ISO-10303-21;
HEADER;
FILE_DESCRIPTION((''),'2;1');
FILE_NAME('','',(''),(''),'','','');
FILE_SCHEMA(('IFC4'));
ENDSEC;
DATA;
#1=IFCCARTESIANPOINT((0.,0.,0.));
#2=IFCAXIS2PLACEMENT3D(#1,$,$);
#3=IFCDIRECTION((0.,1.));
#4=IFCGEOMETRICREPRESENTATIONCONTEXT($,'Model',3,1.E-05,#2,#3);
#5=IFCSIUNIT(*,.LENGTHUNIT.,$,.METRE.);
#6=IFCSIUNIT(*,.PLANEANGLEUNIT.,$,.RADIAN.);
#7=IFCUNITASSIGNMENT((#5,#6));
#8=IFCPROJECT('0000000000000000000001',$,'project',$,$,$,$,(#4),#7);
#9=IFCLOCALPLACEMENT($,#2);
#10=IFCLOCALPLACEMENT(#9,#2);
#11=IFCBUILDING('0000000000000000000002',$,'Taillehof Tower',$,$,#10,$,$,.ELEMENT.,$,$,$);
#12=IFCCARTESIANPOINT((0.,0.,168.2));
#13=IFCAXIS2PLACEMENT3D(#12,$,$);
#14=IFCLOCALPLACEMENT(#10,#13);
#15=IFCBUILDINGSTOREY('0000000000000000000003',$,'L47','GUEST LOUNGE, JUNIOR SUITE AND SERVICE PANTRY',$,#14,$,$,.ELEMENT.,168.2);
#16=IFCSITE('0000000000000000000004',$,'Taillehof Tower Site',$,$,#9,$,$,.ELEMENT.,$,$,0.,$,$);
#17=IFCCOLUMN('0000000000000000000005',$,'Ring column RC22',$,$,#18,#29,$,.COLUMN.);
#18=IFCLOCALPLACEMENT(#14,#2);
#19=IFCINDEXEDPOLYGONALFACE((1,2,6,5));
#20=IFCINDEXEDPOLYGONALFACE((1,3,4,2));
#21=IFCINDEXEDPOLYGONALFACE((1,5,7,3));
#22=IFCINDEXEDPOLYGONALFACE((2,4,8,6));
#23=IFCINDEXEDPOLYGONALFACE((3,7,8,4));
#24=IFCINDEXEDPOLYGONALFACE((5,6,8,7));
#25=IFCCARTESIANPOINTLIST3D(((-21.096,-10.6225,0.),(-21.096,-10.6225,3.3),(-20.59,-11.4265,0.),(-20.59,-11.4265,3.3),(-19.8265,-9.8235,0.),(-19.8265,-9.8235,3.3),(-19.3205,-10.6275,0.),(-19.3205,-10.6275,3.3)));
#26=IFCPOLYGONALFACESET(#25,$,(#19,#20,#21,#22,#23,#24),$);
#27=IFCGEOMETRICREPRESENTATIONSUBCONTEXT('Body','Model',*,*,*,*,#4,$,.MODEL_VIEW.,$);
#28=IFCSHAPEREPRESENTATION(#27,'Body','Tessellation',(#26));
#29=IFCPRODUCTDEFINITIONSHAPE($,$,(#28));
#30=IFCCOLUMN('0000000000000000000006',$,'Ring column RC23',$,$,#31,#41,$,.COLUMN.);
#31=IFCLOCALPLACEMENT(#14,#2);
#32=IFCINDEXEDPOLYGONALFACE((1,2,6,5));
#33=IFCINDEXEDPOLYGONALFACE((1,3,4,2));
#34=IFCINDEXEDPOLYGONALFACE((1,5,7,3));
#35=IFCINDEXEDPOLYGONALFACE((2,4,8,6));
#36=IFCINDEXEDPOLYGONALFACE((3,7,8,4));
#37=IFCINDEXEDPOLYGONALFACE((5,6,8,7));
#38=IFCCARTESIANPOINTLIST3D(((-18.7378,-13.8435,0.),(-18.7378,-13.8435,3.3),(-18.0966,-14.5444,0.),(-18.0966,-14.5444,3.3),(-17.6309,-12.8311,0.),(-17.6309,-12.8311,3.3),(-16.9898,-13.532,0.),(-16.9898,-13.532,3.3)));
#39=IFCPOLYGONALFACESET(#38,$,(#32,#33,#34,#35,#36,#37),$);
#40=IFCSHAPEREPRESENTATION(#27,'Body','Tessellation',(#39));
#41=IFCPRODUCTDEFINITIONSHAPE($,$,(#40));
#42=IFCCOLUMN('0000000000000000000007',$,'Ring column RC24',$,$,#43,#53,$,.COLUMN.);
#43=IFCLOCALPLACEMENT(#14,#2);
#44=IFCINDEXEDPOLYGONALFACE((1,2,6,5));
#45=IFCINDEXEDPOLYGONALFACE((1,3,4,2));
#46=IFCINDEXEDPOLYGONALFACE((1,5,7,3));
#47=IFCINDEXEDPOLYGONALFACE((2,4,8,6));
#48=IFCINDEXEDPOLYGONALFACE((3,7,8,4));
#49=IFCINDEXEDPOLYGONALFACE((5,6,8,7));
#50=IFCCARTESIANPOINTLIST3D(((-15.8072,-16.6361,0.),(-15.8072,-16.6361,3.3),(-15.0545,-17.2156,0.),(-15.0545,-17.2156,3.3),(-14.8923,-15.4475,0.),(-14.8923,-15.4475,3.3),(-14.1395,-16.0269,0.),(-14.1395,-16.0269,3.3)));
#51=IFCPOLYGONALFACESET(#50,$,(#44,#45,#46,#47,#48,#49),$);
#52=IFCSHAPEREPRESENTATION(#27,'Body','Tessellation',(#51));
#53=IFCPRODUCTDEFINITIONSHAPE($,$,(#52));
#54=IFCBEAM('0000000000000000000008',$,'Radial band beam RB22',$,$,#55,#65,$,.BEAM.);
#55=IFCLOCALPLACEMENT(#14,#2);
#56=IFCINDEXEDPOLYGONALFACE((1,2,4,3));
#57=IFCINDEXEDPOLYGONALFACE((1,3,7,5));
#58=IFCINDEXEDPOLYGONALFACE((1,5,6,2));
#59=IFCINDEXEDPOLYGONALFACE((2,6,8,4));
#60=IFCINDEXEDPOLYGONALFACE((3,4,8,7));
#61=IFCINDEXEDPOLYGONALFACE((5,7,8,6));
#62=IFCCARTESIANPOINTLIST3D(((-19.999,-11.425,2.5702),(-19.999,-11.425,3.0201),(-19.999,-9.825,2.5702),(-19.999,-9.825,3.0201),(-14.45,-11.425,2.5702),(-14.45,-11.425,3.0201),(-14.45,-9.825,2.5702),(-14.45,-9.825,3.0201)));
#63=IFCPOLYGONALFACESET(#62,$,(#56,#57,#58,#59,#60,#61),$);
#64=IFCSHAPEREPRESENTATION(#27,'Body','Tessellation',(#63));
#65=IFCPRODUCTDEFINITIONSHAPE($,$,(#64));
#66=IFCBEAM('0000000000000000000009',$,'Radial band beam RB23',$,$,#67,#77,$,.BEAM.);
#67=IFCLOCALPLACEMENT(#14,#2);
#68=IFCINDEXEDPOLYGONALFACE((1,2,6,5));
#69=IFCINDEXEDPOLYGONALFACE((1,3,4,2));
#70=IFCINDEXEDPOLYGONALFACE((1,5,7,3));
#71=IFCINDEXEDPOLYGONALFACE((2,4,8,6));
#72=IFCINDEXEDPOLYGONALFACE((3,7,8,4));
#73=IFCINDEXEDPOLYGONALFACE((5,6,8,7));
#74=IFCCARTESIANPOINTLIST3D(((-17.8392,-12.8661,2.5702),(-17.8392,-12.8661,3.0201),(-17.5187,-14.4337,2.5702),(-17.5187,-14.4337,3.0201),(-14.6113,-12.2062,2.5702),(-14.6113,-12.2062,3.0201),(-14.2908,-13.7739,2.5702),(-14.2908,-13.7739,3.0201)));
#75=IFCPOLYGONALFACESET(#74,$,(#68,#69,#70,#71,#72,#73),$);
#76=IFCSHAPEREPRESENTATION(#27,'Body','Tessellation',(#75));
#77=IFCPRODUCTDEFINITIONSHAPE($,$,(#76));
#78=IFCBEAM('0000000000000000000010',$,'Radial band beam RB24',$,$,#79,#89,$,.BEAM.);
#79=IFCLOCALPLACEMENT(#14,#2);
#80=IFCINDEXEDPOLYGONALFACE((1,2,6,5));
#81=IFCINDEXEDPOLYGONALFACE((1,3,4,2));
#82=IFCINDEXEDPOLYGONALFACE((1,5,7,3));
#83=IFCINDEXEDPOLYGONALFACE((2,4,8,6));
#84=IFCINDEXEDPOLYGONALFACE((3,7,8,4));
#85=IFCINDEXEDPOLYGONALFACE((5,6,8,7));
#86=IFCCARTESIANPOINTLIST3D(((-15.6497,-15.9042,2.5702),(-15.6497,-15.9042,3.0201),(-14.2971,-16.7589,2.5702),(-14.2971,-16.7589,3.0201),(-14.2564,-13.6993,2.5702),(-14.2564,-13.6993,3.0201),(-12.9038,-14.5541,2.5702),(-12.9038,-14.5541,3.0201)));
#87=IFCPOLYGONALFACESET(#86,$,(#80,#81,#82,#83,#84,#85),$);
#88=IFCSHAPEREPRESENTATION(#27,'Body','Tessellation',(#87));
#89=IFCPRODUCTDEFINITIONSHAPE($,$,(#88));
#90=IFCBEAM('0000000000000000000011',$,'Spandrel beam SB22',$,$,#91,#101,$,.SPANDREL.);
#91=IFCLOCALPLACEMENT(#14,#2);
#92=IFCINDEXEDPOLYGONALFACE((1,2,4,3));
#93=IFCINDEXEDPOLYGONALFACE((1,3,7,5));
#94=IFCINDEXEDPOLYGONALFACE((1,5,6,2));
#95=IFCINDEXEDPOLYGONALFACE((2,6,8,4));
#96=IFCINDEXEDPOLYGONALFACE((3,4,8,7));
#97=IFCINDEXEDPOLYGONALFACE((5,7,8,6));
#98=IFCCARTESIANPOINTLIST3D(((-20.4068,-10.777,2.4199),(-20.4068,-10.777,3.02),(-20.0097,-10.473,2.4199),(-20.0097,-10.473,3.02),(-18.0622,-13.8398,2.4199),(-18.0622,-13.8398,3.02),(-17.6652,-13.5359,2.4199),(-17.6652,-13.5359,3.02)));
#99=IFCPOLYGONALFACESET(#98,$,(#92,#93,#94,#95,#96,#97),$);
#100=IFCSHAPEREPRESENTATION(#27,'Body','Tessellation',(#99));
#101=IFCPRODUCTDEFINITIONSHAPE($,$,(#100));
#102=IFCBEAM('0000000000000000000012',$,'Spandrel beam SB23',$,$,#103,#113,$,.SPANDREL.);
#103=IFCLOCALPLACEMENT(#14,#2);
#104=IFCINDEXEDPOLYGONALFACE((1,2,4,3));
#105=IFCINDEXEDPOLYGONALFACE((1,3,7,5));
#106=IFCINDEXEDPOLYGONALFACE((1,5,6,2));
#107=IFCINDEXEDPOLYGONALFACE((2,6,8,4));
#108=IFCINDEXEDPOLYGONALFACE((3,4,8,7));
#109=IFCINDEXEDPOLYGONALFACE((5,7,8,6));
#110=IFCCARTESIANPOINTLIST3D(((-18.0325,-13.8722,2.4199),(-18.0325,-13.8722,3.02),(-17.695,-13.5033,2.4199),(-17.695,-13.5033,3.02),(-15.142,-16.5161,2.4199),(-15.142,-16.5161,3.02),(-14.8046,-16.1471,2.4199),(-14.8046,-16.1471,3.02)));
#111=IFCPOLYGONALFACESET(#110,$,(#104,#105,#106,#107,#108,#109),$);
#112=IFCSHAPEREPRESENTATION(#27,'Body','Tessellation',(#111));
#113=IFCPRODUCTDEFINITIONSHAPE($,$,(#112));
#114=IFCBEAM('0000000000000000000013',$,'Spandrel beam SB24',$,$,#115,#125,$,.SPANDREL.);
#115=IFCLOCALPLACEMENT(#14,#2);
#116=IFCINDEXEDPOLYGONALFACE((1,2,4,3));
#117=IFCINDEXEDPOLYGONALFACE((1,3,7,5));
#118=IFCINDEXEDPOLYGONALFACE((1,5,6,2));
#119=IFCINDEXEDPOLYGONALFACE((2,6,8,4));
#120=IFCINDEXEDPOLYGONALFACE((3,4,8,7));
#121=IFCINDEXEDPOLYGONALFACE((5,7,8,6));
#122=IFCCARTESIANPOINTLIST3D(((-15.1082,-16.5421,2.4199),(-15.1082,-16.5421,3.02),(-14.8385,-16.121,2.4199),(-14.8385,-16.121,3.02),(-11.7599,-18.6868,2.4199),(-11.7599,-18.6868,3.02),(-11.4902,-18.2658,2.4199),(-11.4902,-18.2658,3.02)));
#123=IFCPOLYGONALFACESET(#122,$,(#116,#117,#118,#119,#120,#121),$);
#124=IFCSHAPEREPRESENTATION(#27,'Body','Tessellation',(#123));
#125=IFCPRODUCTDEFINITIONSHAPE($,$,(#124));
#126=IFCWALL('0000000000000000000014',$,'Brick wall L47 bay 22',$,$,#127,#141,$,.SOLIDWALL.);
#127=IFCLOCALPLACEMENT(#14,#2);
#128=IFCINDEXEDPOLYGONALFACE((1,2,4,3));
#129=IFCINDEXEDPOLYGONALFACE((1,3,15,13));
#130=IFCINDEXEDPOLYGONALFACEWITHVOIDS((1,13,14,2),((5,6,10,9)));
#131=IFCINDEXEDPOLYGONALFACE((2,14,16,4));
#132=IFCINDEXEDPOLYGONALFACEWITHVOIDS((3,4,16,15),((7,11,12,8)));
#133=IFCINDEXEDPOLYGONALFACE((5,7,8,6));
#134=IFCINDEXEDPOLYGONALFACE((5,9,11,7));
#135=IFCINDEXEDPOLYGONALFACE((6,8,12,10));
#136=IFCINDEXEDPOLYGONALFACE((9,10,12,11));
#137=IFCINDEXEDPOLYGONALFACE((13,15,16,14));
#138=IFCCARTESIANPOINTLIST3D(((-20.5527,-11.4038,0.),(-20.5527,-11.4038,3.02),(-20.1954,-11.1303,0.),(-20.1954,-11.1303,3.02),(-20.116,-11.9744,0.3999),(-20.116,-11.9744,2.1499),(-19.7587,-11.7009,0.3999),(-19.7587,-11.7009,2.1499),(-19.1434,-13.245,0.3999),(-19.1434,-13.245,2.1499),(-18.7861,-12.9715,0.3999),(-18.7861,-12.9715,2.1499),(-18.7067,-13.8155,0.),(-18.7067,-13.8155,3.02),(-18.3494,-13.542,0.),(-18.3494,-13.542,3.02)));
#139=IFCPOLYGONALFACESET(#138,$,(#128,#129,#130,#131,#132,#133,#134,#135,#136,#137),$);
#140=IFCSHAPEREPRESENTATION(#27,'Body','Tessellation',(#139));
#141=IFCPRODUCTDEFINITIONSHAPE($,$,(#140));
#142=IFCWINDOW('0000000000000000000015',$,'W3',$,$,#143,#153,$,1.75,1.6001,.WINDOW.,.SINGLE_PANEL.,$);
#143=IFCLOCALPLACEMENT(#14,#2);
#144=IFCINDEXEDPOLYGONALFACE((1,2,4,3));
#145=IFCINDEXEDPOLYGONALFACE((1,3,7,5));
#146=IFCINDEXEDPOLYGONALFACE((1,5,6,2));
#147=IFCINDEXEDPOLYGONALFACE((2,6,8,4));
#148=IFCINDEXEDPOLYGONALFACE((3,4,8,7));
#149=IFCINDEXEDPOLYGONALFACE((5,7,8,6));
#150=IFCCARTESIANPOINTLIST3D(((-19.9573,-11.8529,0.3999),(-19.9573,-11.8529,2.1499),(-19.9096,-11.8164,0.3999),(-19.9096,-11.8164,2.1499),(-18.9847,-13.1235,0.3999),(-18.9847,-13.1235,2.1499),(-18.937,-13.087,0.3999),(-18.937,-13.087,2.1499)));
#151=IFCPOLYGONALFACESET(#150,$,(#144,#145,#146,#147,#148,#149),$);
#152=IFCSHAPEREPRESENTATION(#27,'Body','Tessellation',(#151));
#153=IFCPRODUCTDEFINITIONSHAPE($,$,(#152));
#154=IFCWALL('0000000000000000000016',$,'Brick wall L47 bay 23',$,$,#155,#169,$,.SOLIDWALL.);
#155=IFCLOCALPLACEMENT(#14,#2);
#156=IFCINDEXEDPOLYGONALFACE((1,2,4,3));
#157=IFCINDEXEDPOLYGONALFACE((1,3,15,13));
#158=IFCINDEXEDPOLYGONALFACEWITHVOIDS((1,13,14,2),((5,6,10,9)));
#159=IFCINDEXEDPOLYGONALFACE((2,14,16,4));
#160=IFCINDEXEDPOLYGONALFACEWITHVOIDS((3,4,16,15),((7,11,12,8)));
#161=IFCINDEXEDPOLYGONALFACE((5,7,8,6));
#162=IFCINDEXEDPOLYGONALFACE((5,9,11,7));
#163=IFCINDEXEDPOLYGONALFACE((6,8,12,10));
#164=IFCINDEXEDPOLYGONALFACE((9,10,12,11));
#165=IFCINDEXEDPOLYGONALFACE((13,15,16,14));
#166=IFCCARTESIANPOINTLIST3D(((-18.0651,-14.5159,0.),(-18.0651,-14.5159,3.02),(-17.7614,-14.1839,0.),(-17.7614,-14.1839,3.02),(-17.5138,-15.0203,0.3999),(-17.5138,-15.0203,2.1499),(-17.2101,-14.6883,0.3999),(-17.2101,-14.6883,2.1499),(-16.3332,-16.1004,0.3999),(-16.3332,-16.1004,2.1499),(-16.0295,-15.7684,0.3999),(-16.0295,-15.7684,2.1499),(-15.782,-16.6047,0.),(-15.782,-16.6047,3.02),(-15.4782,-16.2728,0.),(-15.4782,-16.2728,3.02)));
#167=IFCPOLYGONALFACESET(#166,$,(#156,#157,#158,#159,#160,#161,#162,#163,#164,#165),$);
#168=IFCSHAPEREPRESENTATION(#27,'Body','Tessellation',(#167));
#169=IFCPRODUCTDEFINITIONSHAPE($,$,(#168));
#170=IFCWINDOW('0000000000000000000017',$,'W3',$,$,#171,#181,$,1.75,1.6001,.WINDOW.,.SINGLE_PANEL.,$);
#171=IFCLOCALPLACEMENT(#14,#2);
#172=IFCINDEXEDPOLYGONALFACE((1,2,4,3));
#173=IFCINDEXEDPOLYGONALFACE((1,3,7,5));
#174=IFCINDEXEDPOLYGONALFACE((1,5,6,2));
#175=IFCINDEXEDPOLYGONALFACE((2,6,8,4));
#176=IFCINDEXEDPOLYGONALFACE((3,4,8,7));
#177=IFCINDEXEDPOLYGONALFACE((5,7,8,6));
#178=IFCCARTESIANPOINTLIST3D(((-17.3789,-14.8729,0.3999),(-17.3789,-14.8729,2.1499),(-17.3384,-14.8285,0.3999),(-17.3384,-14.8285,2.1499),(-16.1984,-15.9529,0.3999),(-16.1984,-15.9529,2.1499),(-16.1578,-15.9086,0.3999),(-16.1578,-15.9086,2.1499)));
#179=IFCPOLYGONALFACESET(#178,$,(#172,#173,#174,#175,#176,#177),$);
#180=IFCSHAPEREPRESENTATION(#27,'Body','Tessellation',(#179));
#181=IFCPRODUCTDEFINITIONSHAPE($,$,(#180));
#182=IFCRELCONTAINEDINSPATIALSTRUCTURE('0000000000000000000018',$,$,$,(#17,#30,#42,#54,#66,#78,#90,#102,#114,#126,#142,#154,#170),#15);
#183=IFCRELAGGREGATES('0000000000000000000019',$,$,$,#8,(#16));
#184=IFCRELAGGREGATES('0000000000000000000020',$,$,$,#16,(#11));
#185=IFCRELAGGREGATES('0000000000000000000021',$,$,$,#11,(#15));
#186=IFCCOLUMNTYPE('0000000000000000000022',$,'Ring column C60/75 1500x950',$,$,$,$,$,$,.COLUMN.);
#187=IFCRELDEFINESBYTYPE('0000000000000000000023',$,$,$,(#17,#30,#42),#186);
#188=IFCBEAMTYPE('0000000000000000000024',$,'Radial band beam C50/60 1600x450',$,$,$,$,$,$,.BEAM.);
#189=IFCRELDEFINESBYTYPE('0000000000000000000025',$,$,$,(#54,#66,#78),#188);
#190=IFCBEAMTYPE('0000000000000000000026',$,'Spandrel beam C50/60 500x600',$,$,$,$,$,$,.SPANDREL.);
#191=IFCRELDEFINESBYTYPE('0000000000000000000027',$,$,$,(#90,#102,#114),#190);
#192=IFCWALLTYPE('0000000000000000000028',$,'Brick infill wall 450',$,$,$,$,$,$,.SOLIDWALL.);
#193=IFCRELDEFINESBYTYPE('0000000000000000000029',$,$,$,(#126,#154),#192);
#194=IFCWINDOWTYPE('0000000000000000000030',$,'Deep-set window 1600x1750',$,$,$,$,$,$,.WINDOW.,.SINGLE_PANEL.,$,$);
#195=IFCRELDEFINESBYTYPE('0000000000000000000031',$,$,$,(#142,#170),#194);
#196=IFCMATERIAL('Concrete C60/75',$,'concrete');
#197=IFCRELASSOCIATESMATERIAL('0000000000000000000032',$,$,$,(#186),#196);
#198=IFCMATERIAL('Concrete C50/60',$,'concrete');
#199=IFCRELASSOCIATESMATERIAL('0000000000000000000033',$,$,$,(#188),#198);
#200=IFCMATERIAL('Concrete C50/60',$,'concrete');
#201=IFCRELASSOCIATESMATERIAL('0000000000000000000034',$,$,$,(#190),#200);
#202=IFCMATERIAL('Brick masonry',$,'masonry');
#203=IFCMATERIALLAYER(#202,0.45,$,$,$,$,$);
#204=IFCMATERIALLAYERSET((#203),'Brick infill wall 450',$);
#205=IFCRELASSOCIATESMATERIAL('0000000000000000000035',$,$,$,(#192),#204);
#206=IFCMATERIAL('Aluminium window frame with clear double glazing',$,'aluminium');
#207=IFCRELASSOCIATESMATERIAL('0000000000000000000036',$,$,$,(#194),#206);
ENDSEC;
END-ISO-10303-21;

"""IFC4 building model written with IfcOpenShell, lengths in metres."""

from ifc_helpers import new_model, si_unit, direction, frame, frame_2d, origin, origin_2d, place, context, subcontext, project, spatial, rectangle, extrude, material, layer, layer_set, material_profile, profile_set, type_object, element, fill, save


model = new_model("IFC4")

# Units and contexts
model_context = context("Model", 3, precision=1e-05, world=origin(), true_north=direction((0.0, 1.0)))
body_context = subcontext(model_context, "Body", "Model", "MODEL_VIEW")
ifc_project = project(units=[si_unit("LENGTHUNIT", "METRE"), si_unit("PLANEANGLEUNIT", "RADIAN")], contexts=[model_context])

# Site, building, storey
site_placement = place(None, origin())
site = spatial("IfcSite", under=ifc_project, at=site_placement, Name="Taillehof Tower Site", CompositionType="ELEMENT", RefElevation=0.0)
building_placement = place(site_placement, origin())
building = spatial("IfcBuilding", under=site, at=building_placement, Name="Taillehof Tower", CompositionType="ELEMENT")
storey_placement = place(building_placement, frame((0.0, 0.0, 168.2)))
storey = spatial("IfcBuildingStorey", under=building, at=storey_placement, Name="L47", Description="GUEST LOUNGE, JUNIOR SUITE AND SERVICE PANTRY", CompositionType="ELEMENT", Elevation=168.2)

# Columns
ifc_material_1 = material(Name="Concrete C60/75", Category="concrete")
ifc_material_profile_1 = material_profile(ifc_material_1, rectangle(XDim=1.5, YDim=0.95, at=origin_2d()), Name="RC 1500x950")
ifc_profile_set_1 = profile_set([ifc_material_profile_1], Name="Concrete C60/75")
column_type = type_object("IfcColumnType", Name="Ring column C60/75 1500x950", PredefinedType="COLUMN", material=ifc_profile_set_1)
for number, where, z_axis, x_axis, name in (
    (1, (-20.2083, -10.625, 0.0), (0.0, 0.0, 1.0), (-0.846334, -0.532652, 0.0), "Ring column RC22"),
    (2, (-17.8638, -13.6877, 0.0), (0.0, 0.0, 1.0), (-0.737879, -0.674933, 0.0), "Ring column RC23"),
    (3, (-14.9734, -16.3315, 0.0), (0.0, 0.0, 1.0), (-0.609971, -0.792424, 0.0), "Ring column RC24"),
):
    element("IfcColumn", number, at=place(storey_placement, frame(where, z_axis=z_axis, x_axis=x_axis)), inside=storey, type_object=column_type, Name=name, PredefinedType="COLUMN", context=body_context, shape_type="SweptSolid", body=[
        extrude(rectangle(XDim=1.5, YDim=0.95, at=origin_2d()), origin(), (0.0, 0.0, 1.0), 3.3),
    ])

# Beams
ifc_material_2 = material(Name="Concrete C50/60", Category="concrete")
ifc_material_profile_2 = material_profile(ifc_material_2, rectangle(XDim=1.6001, YDim=0.45, at=origin_2d()), Name="RC 1600x450")
ifc_profile_set_2 = profile_set([ifc_material_profile_2], Name="Concrete C50/60")
beam_type_1 = type_object("IfcBeamType", Name="Radial band beam C50/60 1600x450", PredefinedType="BEAM", material=ifc_profile_set_2)
beam_1_placement = place(storey_placement, frame((-19.999, -10.625, 2.7952), z_axis=(1.0, 0.0, 0.0), x_axis=(0.0, 1.0, 0.0)))
element("IfcBeam", 4, at=beam_1_placement, inside=storey, type_object=beam_type_1, Name="Radial band beam RB22", PredefinedType="BEAM", context=body_context, shape_type="SweptSolid", body=[
    extrude(rectangle(XDim=1.6001, YDim=0.45, at=origin_2d()), origin(), (0.0, 0.0, 1.0), 5.5491),
])
beam_2_placement = place(storey_placement, frame((-17.679, -13.6499, 2.7952), z_axis=(0.979737, 0.20029, 0.0), x_axis=(-0.20029, 0.979737, 0.0)))
element("IfcBeam", 5, at=beam_2_placement, inside=storey, type_object=beam_type_1, Name="Radial band beam RB23", PredefinedType="BEAM", context=body_context, shape_type="SweptSolid", body=[
    extrude(rectangle(XDim=1.6001, YDim=0.45, at=origin_2d()), origin(), (0.0, 0.0, 1.0), 3.2947),
])
beam_3_placement = place(storey_placement, frame((-14.9734, -16.3315, 2.7952), z_axis=(0.534208, 0.845353, 0.0), x_axis=(-0.845353, 0.534208, 0.0)))
element("IfcBeam", 6, at=beam_3_placement, inside=storey, type_object=beam_type_1, Name="Radial band beam RB24", PredefinedType="BEAM", context=body_context, shape_type="SweptSolid", body=[
    extrude(rectangle(XDim=1.6001, YDim=0.45, at=origin_2d()), origin(), (0.0, 0.0, 1.0), 2.6082),
])
ifc_material_3 = material(Name="Concrete C50/60", Category="concrete")
ifc_material_profile_3 = material_profile(ifc_material_3, rectangle(XDim=0.5, YDim=0.6001, at=origin_2d()), Name="RC 500x600")
ifc_profile_set_3 = profile_set([ifc_material_profile_3], Name="Concrete C50/60")
beam_type_2 = type_object("IfcBeamType", Name="Spandrel beam C50/60 500x600", PredefinedType="SPANDREL", material=ifc_profile_set_3)
beam_4_placement = place(storey_placement, frame((-20.2083, -10.625, 2.72), z_axis=(0.60784, -0.794059, 0.0), x_axis=(0.794059, 0.60784, 0.0)))
element("IfcBeam", 7, at=beam_4_placement, inside=storey, type_object=beam_type_2, Name="Spandrel beam SB22", PredefinedType="SPANDREL", context=body_context, shape_type="SweptSolid", body=[
    extrude(rectangle(XDim=0.5, YDim=0.6001, at=origin_2d()), origin(), (0.0, 0.0, 1.0), 3.8572),
])
beam_5_placement = place(storey_placement, frame((-17.8638, -13.6877, 2.72), z_axis=(0.737881, -0.674931, 0.0), x_axis=(0.674931, 0.737881, 0.0)))
element("IfcBeam", 8, at=beam_5_placement, inside=storey, type_object=beam_type_2, Name="Spandrel beam SB23", PredefinedType="SPANDREL", context=body_context, shape_type="SweptSolid", body=[
    extrude(rectangle(XDim=0.5, YDim=0.6001, at=origin_2d()), origin(), (0.0, 0.0, 1.0), 3.9172),
])
beam_6_placement = place(storey_placement, frame((-14.9734, -16.3315, 2.72), z_axis=(0.842065, -0.539376, 0.0), x_axis=(0.539376, 0.842065, 0.0)))
element("IfcBeam", 9, at=beam_6_placement, inside=storey, type_object=beam_type_2, Name="Spandrel beam SB24", PredefinedType="SPANDREL", context=body_context, shape_type="SweptSolid", body=[
    extrude(rectangle(XDim=0.5, YDim=0.6001, at=origin_2d()), origin(), (0.0, 0.0, 1.0), 3.9763),
])

# Walls, openings, windows
ifc_material_4 = material(Name="Brick masonry", Category="masonry")
ifc_layer_1 = layer(ifc_material_4, 0.45)
ifc_layer_set_1 = layer_set([ifc_layer_1], Name="Brick infill wall 450")
wall_type_1 = type_object("IfcWallType", Name="Brick infill wall 450", PredefinedType="SOLIDWALL", material=ifc_layer_set_1)
wall_1_placement = place(storey_placement, frame((-20.374, -11.2671, 0.0), z_axis=(0.0, 0.0, 1.0), x_axis=(0.607817, -0.794077, 0.0)))
wall_1 = element("IfcWall", 10, at=wall_1_placement, inside=storey, type_object=wall_type_1, Name="Brick wall L47 bay 22", PredefinedType="SOLIDWALL", context=body_context, shape_type="SweptSolid", body=[
    extrude(rectangle(XDim=3.0371, YDim=0.45, at=frame_2d((1.5186, 0.0))), origin(), (0.0, 0.0, 1.0), 3.02),
])
opening_1_placement = place(wall_1_placement, frame((0.7185, 0.0, 0.3999)))
opening_1 = element("IfcOpeningElement", 11, at=opening_1_placement, cuts=wall_1, PredefinedType="OPENING", context=body_context, shape_type="SweptSolid", body=[
    extrude(rectangle(XDim=1.6001, YDim=1.75, at=frame_2d((0.8, 0.875))), frame((0.0, 0.2349, 0.0), z_axis=(0.0, -1.0, 0.0), x_axis=(1.0, 0.0, 0.0)), (0.0, 0.0, 1.0), 0.47),
])
ifc_material_5 = material(Name="Aluminium window frame with clear double glazing", Category="aluminium")
window_type_1 = type_object("IfcWindowType", Name="Deep-set window 1600x1750", PartitioningType="SINGLE_PANEL", PredefinedType="WINDOW", material=ifc_material_5)
window_1_placement = place(opening_1_placement, origin())
window_1 = element("IfcWindow", 12, at=window_1_placement, inside=storey, type_object=window_type_1, Name="W3", OverallHeight=1.75, OverallWidth=1.6001, PartitioningType="SINGLE_PANEL", PredefinedType="WINDOW", context=body_context, shape_type="SweptSolid", body=[
    extrude(rectangle(XDim=1.6001, YDim=1.75, at=frame_2d((0.8, 0.875))), frame((0.0, 0.0349, 0.0), z_axis=(0.0, -1.0, 0.0), x_axis=(1.0, 0.0, 0.0)), (0.0, 0.0, 1.0), 0.0601),
])
fill(opening_1, window_1)
wall_2_placement = place(storey_placement, frame((-17.9133, -14.3499, 0.0), z_axis=(0.0, 0.0, 1.0), x_axis=(0.737809, -0.67501, 0.0)))
wall_2 = element("IfcWall", 13, at=wall_2_placement, inside=storey, type_object=wall_type_1, Name="Brick wall L47 bay 23", PredefinedType="SOLIDWALL", context=body_context, shape_type="SweptSolid", body=[
    extrude(rectangle(XDim=3.0945, YDim=0.45, at=frame_2d((1.5474, 0.0))), origin(), (0.0, 0.0, 1.0), 3.02),
])
opening_2_placement = place(wall_2_placement, frame((0.7473, 0.0, 0.3999)))
opening_2 = element("IfcOpeningElement", 14, at=opening_2_placement, cuts=wall_2, PredefinedType="OPENING", context=body_context, shape_type="SweptSolid", body=[
    extrude(rectangle(XDim=1.6001, YDim=1.75, at=frame_2d((0.8, 0.875))), frame((0.0, 0.2349, 0.0), z_axis=(0.0, -1.0, 0.0), x_axis=(1.0, 0.0, 0.0)), (0.0, 0.0, 1.0), 0.47),
])
window_2_placement = place(opening_2_placement, origin())
window_2 = element("IfcWindow", 15, at=window_2_placement, inside=storey, type_object=window_type_1, Name="W3", OverallHeight=1.75, OverallWidth=1.6001, PartitioningType="SINGLE_PANEL", PredefinedType="WINDOW", context=body_context, shape_type="SweptSolid", body=[
    extrude(rectangle(XDim=1.6001, YDim=1.75, at=frame_2d((0.8, 0.875))), frame((0.0, 0.0349, 0.0), z_axis=(0.0, -1.0, 0.0), x_axis=(1.0, 0.0, 0.0)), (0.0, 0.0, 1.0), 0.0601),
])
fill(opening_2, window_2)

save(model, "model.ifc")
